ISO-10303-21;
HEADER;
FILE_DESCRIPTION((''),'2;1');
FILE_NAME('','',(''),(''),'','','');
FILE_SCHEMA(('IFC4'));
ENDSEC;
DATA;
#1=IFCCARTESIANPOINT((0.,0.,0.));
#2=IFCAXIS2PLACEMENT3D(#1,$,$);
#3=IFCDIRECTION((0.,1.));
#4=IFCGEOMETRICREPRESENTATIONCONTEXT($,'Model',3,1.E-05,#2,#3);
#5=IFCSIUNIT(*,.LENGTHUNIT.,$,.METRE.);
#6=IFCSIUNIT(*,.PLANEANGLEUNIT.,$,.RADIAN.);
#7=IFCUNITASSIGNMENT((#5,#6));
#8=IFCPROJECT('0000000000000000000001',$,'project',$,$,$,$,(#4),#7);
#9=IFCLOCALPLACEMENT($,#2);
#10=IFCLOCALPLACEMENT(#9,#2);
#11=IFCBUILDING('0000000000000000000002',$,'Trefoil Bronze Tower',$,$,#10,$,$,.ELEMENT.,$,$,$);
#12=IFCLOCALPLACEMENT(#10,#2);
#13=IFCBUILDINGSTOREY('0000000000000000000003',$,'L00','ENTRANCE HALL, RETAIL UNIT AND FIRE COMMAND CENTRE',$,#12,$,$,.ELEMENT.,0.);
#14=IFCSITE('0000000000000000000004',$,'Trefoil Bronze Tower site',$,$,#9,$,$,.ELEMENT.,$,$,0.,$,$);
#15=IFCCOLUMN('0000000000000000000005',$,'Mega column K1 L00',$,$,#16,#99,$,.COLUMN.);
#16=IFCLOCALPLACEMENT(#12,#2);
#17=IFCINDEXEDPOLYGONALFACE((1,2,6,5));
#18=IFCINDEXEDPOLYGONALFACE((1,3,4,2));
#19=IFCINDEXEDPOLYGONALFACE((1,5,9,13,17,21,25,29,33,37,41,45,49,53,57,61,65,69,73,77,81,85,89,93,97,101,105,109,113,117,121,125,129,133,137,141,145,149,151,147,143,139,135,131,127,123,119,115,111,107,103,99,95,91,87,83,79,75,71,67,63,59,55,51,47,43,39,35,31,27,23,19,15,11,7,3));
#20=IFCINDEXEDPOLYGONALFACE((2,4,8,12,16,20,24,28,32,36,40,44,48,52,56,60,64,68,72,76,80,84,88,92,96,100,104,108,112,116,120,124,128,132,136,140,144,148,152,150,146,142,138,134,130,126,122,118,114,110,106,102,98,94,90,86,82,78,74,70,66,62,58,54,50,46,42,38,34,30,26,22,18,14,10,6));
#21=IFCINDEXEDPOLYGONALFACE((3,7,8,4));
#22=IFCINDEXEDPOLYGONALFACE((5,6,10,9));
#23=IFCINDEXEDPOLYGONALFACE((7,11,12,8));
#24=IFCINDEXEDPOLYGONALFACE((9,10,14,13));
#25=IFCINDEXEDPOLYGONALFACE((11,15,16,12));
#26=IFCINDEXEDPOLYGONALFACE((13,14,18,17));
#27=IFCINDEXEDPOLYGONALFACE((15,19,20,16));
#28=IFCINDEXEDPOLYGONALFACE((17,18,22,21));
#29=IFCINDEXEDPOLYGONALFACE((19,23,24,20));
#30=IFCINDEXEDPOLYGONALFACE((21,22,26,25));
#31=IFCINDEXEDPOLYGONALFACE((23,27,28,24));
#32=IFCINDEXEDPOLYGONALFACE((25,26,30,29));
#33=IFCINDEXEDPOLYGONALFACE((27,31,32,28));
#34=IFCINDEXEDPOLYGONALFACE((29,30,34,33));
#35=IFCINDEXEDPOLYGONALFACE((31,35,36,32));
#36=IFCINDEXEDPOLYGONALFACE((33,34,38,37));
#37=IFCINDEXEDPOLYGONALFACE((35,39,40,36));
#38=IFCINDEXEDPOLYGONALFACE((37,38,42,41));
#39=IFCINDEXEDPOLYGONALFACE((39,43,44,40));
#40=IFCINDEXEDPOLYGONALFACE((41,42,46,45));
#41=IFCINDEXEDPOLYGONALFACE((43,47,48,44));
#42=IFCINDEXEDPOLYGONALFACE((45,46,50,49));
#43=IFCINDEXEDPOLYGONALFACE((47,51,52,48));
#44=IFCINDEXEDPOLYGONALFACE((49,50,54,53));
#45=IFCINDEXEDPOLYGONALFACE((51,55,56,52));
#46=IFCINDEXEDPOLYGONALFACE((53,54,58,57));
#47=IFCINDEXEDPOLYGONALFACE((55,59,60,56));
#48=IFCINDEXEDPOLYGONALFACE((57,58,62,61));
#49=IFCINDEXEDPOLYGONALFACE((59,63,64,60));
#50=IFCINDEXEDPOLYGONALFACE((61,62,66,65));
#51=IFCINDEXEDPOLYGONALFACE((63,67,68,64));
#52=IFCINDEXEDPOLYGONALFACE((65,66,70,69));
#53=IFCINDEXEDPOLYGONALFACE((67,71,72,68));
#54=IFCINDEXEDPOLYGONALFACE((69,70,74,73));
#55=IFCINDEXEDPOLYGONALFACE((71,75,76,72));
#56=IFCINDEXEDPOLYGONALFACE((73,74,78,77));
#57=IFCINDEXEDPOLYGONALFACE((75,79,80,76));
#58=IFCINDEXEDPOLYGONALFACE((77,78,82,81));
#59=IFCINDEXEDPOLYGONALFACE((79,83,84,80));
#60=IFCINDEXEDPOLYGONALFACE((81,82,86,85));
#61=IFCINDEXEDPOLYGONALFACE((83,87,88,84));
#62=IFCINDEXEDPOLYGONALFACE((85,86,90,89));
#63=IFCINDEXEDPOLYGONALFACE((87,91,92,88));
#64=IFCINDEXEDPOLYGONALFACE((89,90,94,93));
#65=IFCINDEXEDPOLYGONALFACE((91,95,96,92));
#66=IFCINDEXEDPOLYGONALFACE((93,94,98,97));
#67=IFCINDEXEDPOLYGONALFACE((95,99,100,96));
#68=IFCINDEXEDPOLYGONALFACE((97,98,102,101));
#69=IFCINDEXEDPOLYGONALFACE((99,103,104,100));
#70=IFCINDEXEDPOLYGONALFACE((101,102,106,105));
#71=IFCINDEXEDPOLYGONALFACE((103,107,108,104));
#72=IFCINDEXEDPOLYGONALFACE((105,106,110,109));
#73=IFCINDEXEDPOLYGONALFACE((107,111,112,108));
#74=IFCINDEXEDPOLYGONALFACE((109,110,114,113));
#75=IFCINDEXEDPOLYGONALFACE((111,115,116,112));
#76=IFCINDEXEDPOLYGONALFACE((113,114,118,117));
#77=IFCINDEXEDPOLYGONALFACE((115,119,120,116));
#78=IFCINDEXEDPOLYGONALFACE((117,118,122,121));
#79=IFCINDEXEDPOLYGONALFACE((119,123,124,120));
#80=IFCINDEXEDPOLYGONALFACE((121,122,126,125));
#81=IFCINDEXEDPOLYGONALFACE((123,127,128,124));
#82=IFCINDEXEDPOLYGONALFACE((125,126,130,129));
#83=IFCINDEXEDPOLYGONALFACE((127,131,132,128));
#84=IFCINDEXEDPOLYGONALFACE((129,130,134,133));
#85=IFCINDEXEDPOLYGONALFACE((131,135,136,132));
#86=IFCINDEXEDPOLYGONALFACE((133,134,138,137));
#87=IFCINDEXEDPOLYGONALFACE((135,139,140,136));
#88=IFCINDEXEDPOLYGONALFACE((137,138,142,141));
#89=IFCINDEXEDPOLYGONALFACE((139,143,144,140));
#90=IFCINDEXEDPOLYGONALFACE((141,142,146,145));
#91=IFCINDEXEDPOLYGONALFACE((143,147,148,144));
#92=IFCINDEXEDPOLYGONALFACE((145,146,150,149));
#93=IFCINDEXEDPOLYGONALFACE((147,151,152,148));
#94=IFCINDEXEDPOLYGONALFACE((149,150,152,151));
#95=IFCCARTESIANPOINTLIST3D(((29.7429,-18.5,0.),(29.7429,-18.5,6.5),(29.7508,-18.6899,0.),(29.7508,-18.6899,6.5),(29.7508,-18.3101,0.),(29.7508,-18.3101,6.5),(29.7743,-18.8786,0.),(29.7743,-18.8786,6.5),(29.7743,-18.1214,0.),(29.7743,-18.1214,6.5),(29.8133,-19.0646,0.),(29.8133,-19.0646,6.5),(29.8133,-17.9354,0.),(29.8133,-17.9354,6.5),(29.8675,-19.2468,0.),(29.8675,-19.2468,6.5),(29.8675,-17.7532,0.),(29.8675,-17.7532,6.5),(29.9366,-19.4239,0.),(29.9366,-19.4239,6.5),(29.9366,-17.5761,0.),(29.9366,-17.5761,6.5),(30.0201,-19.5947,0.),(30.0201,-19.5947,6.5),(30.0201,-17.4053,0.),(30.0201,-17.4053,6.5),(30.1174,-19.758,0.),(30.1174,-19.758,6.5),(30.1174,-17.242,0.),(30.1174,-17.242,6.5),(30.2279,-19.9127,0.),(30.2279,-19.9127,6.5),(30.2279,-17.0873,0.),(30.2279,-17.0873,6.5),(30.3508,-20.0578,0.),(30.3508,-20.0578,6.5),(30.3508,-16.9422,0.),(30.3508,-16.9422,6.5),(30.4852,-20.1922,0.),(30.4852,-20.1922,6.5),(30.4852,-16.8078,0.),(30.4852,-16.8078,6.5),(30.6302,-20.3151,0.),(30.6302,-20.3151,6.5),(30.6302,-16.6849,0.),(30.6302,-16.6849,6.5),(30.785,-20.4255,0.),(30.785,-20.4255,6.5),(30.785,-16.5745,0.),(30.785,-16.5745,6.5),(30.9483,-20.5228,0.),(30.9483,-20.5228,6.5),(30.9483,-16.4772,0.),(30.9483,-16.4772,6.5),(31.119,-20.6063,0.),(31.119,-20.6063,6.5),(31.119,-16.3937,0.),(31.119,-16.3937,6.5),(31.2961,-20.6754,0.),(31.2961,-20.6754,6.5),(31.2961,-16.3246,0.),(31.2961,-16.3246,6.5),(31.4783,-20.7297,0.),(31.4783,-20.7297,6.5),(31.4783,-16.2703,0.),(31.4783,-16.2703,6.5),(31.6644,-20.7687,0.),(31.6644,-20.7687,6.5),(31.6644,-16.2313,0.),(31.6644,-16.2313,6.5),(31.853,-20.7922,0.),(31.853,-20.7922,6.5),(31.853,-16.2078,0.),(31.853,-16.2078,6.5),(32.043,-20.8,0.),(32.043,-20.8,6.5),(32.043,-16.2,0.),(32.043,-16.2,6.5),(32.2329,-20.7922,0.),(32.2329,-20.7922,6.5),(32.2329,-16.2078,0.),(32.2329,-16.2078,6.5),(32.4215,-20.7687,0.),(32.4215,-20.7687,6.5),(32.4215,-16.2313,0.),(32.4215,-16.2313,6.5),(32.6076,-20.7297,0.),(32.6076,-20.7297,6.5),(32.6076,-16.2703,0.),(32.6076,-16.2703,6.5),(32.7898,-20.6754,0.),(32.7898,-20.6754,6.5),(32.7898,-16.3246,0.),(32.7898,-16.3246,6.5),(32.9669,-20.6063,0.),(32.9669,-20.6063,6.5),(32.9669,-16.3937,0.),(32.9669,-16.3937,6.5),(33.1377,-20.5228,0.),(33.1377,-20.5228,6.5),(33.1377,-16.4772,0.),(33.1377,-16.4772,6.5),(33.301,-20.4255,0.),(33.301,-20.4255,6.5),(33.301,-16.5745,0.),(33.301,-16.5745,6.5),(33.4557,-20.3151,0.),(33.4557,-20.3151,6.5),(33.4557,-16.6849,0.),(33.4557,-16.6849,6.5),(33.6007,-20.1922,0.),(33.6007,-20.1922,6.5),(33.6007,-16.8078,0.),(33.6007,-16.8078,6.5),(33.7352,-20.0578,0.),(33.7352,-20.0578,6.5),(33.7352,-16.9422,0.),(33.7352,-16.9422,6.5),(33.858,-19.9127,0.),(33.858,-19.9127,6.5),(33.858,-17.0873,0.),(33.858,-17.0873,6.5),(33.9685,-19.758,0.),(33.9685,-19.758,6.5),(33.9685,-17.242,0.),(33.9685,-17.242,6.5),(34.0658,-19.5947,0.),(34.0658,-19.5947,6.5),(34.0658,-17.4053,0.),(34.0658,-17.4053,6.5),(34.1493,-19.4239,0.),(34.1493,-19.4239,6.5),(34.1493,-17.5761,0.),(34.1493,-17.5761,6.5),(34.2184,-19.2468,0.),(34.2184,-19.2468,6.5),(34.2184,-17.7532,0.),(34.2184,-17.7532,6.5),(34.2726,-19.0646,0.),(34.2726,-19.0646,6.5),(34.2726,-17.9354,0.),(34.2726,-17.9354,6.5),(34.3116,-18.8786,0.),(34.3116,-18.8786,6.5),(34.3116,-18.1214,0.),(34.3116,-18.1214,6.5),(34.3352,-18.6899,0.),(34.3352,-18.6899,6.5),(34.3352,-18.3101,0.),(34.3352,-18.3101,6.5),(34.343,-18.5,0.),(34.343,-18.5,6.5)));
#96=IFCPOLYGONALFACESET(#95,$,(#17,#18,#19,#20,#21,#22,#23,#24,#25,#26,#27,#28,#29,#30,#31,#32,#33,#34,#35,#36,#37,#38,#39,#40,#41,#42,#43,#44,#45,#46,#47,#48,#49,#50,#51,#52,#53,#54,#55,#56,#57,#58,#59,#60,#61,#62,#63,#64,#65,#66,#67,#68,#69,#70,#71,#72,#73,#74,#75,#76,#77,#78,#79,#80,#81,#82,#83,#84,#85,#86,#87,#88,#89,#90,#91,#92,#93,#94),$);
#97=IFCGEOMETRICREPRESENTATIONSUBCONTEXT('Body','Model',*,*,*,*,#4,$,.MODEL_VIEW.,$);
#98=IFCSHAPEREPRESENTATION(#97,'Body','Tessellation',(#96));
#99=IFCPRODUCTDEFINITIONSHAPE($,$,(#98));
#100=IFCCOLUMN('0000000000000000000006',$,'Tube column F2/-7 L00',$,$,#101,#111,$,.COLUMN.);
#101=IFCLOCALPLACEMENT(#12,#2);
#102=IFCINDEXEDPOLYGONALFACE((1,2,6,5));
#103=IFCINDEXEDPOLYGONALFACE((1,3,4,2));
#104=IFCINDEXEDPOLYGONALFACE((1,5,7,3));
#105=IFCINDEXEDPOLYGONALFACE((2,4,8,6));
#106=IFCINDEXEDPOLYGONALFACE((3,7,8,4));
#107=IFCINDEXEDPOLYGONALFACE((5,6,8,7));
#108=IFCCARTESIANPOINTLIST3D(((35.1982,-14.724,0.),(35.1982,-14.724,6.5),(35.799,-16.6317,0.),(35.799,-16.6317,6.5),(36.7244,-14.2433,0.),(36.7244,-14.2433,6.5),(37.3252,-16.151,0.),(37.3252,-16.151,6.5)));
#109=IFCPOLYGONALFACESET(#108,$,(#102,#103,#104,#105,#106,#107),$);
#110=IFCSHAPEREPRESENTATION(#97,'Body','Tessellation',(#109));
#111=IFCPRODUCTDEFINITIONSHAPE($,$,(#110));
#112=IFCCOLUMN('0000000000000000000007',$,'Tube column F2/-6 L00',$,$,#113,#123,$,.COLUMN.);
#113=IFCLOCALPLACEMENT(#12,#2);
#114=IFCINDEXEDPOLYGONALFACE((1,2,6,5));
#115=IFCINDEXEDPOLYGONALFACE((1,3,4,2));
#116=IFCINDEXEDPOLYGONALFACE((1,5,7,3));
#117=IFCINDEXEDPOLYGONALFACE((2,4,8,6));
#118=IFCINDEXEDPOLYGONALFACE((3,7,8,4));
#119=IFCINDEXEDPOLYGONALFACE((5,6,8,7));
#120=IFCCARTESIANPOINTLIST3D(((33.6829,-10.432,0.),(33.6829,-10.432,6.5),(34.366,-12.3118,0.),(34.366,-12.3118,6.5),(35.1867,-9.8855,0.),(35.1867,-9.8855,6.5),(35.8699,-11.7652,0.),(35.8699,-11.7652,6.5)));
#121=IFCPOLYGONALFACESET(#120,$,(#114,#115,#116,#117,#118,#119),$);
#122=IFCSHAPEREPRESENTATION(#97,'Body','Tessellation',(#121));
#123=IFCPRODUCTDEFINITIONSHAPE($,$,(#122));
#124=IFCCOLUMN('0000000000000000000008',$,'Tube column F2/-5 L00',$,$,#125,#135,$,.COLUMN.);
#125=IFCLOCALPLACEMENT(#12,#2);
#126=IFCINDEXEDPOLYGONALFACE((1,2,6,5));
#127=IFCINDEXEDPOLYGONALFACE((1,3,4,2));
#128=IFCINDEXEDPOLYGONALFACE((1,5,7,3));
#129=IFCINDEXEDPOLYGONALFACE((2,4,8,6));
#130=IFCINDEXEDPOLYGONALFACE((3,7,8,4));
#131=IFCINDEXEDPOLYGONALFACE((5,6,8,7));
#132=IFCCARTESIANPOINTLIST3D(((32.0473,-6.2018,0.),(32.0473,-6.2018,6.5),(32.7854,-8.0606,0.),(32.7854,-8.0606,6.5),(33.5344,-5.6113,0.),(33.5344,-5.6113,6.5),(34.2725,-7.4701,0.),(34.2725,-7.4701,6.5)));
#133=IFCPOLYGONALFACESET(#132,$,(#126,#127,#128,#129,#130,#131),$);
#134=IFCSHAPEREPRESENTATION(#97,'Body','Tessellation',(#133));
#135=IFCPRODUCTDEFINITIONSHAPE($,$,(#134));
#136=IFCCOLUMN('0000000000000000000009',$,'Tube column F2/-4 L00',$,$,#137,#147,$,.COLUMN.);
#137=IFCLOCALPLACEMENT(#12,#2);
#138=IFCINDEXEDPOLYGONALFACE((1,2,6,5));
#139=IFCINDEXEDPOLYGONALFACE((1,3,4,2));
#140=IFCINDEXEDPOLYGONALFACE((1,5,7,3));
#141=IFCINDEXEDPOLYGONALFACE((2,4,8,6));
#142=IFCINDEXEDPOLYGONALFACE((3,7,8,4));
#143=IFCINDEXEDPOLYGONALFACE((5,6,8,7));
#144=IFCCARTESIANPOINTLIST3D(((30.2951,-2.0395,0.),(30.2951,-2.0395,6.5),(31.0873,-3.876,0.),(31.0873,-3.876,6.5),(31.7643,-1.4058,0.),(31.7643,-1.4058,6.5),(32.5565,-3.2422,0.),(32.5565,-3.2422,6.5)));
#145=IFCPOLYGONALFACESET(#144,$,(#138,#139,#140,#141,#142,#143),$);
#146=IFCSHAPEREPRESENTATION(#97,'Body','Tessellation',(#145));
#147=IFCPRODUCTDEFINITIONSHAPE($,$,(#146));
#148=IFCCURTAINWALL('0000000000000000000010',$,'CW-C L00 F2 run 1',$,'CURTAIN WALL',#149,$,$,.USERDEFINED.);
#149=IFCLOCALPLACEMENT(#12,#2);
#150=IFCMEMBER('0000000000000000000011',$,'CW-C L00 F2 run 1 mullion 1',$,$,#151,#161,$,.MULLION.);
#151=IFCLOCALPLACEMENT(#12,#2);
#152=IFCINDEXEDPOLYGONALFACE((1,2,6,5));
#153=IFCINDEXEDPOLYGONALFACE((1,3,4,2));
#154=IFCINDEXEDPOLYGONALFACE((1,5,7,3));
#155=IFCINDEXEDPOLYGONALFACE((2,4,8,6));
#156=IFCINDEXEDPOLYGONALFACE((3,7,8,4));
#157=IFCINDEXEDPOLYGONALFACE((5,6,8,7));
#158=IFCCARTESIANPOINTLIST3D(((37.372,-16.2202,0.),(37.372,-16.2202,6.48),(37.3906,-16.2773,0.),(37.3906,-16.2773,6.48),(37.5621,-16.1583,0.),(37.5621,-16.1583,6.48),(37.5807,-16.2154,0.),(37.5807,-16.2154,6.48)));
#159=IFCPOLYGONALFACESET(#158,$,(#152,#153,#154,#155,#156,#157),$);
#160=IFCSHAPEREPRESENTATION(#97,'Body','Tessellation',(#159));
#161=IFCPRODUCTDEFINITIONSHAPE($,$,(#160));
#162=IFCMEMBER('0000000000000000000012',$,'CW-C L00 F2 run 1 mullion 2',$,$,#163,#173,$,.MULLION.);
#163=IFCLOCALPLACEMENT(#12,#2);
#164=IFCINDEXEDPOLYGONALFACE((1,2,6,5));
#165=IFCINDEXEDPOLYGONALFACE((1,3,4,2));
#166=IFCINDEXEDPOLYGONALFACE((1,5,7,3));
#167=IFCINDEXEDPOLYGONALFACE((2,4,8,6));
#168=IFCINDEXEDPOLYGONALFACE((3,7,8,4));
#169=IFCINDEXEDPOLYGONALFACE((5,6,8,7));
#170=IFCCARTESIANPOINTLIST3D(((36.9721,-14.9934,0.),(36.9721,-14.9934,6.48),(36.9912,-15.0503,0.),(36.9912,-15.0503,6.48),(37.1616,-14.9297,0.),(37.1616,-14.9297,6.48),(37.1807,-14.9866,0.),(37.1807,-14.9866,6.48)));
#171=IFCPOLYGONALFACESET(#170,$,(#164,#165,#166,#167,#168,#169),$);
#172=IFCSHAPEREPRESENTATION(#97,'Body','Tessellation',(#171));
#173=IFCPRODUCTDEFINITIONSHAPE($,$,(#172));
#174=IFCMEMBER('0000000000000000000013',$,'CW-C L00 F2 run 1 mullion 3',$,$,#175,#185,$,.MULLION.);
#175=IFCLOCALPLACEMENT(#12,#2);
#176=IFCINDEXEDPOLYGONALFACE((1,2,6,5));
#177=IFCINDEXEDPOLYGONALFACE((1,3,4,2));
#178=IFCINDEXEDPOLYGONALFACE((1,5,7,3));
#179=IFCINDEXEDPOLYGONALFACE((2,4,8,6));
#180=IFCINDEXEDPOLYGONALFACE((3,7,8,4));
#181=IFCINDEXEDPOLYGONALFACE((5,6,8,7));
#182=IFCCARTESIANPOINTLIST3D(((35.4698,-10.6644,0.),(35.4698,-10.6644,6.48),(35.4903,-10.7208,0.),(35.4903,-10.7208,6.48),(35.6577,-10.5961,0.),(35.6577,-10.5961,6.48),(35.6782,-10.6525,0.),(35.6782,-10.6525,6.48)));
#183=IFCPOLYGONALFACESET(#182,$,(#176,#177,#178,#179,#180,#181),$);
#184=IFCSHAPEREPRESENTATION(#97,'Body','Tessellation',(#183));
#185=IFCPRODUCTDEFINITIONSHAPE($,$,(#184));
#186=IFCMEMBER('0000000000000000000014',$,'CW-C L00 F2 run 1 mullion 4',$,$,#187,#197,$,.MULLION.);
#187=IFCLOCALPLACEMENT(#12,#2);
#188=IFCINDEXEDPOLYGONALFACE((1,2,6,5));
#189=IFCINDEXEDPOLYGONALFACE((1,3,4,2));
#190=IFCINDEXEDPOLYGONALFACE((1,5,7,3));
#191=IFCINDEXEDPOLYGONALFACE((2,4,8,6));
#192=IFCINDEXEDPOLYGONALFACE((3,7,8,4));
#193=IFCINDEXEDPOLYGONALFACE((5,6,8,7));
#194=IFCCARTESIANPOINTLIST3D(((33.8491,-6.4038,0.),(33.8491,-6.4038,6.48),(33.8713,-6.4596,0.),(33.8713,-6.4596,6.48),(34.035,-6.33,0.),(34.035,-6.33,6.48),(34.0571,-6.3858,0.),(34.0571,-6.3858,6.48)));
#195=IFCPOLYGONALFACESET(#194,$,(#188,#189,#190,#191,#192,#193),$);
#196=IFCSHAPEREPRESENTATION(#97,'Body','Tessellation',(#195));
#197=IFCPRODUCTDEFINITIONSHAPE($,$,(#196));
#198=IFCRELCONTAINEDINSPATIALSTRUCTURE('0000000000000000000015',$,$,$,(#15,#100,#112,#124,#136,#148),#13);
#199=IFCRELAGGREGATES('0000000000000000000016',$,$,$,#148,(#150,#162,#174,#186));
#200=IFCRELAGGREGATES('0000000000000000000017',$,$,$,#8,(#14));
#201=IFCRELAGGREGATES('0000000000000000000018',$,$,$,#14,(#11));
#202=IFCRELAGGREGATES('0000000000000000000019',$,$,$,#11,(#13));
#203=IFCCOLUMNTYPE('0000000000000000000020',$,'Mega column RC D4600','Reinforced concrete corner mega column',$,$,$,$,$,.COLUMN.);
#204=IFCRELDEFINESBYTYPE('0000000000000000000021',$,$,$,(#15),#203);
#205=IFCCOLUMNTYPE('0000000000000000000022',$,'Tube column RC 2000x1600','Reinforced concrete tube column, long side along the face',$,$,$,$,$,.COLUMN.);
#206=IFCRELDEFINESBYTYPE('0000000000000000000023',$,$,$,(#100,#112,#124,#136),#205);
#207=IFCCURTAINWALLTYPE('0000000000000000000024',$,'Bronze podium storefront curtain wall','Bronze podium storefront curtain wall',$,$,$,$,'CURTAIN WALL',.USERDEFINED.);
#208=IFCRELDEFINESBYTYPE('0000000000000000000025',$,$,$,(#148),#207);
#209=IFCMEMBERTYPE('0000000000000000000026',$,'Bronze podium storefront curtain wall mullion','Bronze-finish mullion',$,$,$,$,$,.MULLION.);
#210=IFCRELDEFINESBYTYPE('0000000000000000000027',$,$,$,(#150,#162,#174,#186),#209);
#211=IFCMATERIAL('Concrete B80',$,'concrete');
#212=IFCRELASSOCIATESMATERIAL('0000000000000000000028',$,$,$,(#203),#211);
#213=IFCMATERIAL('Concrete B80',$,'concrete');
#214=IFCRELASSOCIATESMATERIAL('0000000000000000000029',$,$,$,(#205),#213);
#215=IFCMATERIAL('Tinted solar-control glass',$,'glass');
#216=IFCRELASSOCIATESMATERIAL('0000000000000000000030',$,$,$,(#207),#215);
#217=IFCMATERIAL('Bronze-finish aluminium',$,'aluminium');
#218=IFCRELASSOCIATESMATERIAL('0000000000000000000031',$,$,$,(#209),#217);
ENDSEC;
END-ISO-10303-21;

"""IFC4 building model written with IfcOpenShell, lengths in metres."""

from ifc_helpers import new_model, si_unit, direction, frame, origin, origin_2d, place, context, subcontext, project, spatial, rectangle, circle, extrude, material, material_profile, profile_set, type_object, element, aggregate, save


model = new_model("IFC4")

# Units and contexts
model_context = context("Model", 3, precision=1e-05, world=origin(), true_north=direction((0.0, 1.0)))
body_context = subcontext(model_context, "Body", "Model", "MODEL_VIEW")
ifc_project = project(units=[si_unit("LENGTHUNIT", "METRE"), si_unit("PLANEANGLEUNIT", "RADIAN")], contexts=[model_context])

# Site, building, storey
site_placement = place(None, origin())
site = spatial("IfcSite", under=ifc_project, at=site_placement, Name="Trefoil Bronze Tower site", CompositionType="ELEMENT", RefElevation=0.0)
building_placement = place(site_placement, origin())
building = spatial("IfcBuilding", under=site, at=building_placement, Name="Trefoil Bronze Tower", CompositionType="ELEMENT")
storey_placement = place(building_placement, origin())
storey = spatial("IfcBuildingStorey", under=building, at=storey_placement, Name="L00", Description="ENTRANCE HALL, RETAIL UNIT AND FIRE COMMAND CENTRE", CompositionType="ELEMENT", Elevation=0.0)

# Columns
ifc_material_1 = material(Name="Concrete B80", Category="concrete")
ifc_material_profile_1 = material_profile(ifc_material_1, circle(Radius=2.3, at=origin_2d()), Name="RC D4600")
ifc_profile_set_1 = profile_set([ifc_material_profile_1], Name="Concrete B80")
column_type_1 = type_object("IfcColumnType", Name="Mega column RC D4600", Description="Reinforced concrete corner mega column", PredefinedType="COLUMN", material=ifc_profile_set_1)
column_placement = place(storey_placement, frame((32.043, -18.5, 0.0), z_axis=(0.0, 0.0, 1.0), x_axis=(1.0, 0.0, 0.0)))
element("IfcColumn", 1, at=column_placement, inside=storey, type_object=column_type_1, Name="Mega column K1 L00", PredefinedType="COLUMN", context=body_context, shape_type="SweptSolid", body=[
    extrude(circle(Radius=2.3, at=origin_2d()), origin(), (0.0, 0.0, 1.0), 6.5),
])
ifc_material_2 = material(Name="Concrete B80", Category="concrete")
ifc_material_profile_2 = material_profile(ifc_material_2, rectangle(XDim=2.0, YDim=1.6001, at=origin_2d()), Name="RC 2000x1600")
ifc_profile_set_2 = profile_set([ifc_material_profile_2], Name="Concrete B80")
column_type_2 = type_object("IfcColumnType", Name="Tube column RC 2000x1600", Description="Reinforced concrete tube column, long side along the face", PredefinedType="COLUMN", material=ifc_profile_set_2)
for number, where, z_axis, x_axis, name in (
    (2, (36.2617, -15.4375, 0.0), (0.0, 0.0, 1.0), (-0.300414, 0.953809, 0.0), "Tube column F2/-7 L00"),
    (3, (34.7764, -11.0986, 0.0), (0.0, 0.0, 1.0), (-0.341559, 0.93986, 0.0), "Tube column F2/-6 L00"),
    (4, (33.1599, -6.8359, 0.0), (0.0, 0.0, 1.0), (-0.36904, 0.929414, 0.0), "Tube column F2/-5 L00"),
    (5, (31.4258, -2.6409, 0.0), (0.0, 0.0, 1.0), (-0.396085, 0.918214, 0.0), "Tube column F2/-4 L00"),
):
    element("IfcColumn", number, at=place(storey_placement, frame(where, z_axis=z_axis, x_axis=x_axis)), inside=storey, type_object=column_type_2, Name=name, PredefinedType="COLUMN", context=body_context, shape_type="SweptSolid", body=[
        extrude(rectangle(XDim=2.0, YDim=1.6001, at=origin_2d()), origin(), (0.0, 0.0, 1.0), 6.5),
    ])

# Curtain wall, members
ifc_material_3 = material(Name="Tinted solar-control glass", Category="glass")
curtain_wall_type = type_object("IfcCurtainWallType", Name="Bronze podium storefront curtain wall", Description="Bronze podium storefront curtain wall", ElementType="CURTAIN WALL", PredefinedType="USERDEFINED", material=ifc_material_3)
curtain_wall_placement = place(storey_placement, origin())
curtain_wall = element("IfcCurtainWall", 6, at=curtain_wall_placement, inside=storey, type_object=curtain_wall_type, Name="CW-C L00 F2 run 1", ObjectType="CURTAIN WALL", PredefinedType="USERDEFINED")
ifc_material_4 = material(Name="Bronze-finish aluminium", Category="aluminium")
ifc_material_profile_3 = material_profile(ifc_material_4, rectangle(XDim=0.2, YDim=0.0601, at=origin_2d()), Name="CW-C mullion")
ifc_profile_set_3 = profile_set([ifc_material_profile_3], Name="Bronze-finish aluminium")
member_type_1 = type_object("IfcMemberType", Name="Bronze podium storefront curtain wall mullion", Description="Bronze-finish mullion", PredefinedType="MULLION", material=ifc_profile_set_3)
member_1_placement = place(storey_placement, frame((37.4763, -16.2178, 0.0), z_axis=(0.0, 0.0, 1.0), x_axis=(-0.950825, -0.309728, 0.0)))
member_1 = element("IfcMember", 7, at=member_1_placement, type_object=member_type_1, Name="CW-C L00 F2 run 1 mullion 1", PredefinedType="MULLION", context=body_context, shape_type="SweptSolid", body=[
    extrude(rectangle(XDim=0.2, YDim=0.0601, at=origin_2d()), origin(), (0.0, 0.0, 1.0), 6.48),
])
member_2_placement = place(storey_placement, frame((37.0764, -14.99, 0.0), z_axis=(0.0, 0.0, 1.0), x_axis=(-0.947851, -0.318715, 0.0)))
member_2 = element("IfcMember", 8, at=member_2_placement, type_object=member_type_1, Name="CW-C L00 F2 run 1 mullion 2", PredefinedType="MULLION", context=body_context, shape_type="SweptSolid", body=[
    extrude(rectangle(XDim=0.2, YDim=0.0601, at=origin_2d()), origin(), (0.0, 0.0, 1.0), 6.48),
])
member_3_placement = place(storey_placement, frame((35.574, -10.6584, 0.0), z_axis=(0.0, 0.0, 1.0), x_axis=(-0.93986, -0.341559, 0.0)))
member_3 = element("IfcMember", 9, at=member_3_placement, type_object=member_type_1, Name="CW-C L00 F2 run 1 mullion 3", PredefinedType="MULLION", context=body_context, shape_type="SweptSolid", body=[
    extrude(rectangle(XDim=0.2, YDim=0.0601, at=origin_2d()), origin(), (0.0, 0.0, 1.0), 6.48),
])
member_4_placement = place(storey_placement, frame((33.9531, -6.3948, 0.0), z_axis=(0.0, 0.0, 1.0), x_axis=(-0.929414, -0.36904, 0.0)))
member_4 = element("IfcMember", 10, at=member_4_placement, type_object=member_type_1, Name="CW-C L00 F2 run 1 mullion 4", PredefinedType="MULLION", context=body_context, shape_type="SweptSolid", body=[
    extrude(rectangle(XDim=0.2, YDim=0.0601, at=origin_2d()), origin(), (0.0, 0.0, 1.0), 6.48),
])

aggregate(curtain_wall, [member_1, member_2, member_3, member_4])

save(model, "model.ifc")
